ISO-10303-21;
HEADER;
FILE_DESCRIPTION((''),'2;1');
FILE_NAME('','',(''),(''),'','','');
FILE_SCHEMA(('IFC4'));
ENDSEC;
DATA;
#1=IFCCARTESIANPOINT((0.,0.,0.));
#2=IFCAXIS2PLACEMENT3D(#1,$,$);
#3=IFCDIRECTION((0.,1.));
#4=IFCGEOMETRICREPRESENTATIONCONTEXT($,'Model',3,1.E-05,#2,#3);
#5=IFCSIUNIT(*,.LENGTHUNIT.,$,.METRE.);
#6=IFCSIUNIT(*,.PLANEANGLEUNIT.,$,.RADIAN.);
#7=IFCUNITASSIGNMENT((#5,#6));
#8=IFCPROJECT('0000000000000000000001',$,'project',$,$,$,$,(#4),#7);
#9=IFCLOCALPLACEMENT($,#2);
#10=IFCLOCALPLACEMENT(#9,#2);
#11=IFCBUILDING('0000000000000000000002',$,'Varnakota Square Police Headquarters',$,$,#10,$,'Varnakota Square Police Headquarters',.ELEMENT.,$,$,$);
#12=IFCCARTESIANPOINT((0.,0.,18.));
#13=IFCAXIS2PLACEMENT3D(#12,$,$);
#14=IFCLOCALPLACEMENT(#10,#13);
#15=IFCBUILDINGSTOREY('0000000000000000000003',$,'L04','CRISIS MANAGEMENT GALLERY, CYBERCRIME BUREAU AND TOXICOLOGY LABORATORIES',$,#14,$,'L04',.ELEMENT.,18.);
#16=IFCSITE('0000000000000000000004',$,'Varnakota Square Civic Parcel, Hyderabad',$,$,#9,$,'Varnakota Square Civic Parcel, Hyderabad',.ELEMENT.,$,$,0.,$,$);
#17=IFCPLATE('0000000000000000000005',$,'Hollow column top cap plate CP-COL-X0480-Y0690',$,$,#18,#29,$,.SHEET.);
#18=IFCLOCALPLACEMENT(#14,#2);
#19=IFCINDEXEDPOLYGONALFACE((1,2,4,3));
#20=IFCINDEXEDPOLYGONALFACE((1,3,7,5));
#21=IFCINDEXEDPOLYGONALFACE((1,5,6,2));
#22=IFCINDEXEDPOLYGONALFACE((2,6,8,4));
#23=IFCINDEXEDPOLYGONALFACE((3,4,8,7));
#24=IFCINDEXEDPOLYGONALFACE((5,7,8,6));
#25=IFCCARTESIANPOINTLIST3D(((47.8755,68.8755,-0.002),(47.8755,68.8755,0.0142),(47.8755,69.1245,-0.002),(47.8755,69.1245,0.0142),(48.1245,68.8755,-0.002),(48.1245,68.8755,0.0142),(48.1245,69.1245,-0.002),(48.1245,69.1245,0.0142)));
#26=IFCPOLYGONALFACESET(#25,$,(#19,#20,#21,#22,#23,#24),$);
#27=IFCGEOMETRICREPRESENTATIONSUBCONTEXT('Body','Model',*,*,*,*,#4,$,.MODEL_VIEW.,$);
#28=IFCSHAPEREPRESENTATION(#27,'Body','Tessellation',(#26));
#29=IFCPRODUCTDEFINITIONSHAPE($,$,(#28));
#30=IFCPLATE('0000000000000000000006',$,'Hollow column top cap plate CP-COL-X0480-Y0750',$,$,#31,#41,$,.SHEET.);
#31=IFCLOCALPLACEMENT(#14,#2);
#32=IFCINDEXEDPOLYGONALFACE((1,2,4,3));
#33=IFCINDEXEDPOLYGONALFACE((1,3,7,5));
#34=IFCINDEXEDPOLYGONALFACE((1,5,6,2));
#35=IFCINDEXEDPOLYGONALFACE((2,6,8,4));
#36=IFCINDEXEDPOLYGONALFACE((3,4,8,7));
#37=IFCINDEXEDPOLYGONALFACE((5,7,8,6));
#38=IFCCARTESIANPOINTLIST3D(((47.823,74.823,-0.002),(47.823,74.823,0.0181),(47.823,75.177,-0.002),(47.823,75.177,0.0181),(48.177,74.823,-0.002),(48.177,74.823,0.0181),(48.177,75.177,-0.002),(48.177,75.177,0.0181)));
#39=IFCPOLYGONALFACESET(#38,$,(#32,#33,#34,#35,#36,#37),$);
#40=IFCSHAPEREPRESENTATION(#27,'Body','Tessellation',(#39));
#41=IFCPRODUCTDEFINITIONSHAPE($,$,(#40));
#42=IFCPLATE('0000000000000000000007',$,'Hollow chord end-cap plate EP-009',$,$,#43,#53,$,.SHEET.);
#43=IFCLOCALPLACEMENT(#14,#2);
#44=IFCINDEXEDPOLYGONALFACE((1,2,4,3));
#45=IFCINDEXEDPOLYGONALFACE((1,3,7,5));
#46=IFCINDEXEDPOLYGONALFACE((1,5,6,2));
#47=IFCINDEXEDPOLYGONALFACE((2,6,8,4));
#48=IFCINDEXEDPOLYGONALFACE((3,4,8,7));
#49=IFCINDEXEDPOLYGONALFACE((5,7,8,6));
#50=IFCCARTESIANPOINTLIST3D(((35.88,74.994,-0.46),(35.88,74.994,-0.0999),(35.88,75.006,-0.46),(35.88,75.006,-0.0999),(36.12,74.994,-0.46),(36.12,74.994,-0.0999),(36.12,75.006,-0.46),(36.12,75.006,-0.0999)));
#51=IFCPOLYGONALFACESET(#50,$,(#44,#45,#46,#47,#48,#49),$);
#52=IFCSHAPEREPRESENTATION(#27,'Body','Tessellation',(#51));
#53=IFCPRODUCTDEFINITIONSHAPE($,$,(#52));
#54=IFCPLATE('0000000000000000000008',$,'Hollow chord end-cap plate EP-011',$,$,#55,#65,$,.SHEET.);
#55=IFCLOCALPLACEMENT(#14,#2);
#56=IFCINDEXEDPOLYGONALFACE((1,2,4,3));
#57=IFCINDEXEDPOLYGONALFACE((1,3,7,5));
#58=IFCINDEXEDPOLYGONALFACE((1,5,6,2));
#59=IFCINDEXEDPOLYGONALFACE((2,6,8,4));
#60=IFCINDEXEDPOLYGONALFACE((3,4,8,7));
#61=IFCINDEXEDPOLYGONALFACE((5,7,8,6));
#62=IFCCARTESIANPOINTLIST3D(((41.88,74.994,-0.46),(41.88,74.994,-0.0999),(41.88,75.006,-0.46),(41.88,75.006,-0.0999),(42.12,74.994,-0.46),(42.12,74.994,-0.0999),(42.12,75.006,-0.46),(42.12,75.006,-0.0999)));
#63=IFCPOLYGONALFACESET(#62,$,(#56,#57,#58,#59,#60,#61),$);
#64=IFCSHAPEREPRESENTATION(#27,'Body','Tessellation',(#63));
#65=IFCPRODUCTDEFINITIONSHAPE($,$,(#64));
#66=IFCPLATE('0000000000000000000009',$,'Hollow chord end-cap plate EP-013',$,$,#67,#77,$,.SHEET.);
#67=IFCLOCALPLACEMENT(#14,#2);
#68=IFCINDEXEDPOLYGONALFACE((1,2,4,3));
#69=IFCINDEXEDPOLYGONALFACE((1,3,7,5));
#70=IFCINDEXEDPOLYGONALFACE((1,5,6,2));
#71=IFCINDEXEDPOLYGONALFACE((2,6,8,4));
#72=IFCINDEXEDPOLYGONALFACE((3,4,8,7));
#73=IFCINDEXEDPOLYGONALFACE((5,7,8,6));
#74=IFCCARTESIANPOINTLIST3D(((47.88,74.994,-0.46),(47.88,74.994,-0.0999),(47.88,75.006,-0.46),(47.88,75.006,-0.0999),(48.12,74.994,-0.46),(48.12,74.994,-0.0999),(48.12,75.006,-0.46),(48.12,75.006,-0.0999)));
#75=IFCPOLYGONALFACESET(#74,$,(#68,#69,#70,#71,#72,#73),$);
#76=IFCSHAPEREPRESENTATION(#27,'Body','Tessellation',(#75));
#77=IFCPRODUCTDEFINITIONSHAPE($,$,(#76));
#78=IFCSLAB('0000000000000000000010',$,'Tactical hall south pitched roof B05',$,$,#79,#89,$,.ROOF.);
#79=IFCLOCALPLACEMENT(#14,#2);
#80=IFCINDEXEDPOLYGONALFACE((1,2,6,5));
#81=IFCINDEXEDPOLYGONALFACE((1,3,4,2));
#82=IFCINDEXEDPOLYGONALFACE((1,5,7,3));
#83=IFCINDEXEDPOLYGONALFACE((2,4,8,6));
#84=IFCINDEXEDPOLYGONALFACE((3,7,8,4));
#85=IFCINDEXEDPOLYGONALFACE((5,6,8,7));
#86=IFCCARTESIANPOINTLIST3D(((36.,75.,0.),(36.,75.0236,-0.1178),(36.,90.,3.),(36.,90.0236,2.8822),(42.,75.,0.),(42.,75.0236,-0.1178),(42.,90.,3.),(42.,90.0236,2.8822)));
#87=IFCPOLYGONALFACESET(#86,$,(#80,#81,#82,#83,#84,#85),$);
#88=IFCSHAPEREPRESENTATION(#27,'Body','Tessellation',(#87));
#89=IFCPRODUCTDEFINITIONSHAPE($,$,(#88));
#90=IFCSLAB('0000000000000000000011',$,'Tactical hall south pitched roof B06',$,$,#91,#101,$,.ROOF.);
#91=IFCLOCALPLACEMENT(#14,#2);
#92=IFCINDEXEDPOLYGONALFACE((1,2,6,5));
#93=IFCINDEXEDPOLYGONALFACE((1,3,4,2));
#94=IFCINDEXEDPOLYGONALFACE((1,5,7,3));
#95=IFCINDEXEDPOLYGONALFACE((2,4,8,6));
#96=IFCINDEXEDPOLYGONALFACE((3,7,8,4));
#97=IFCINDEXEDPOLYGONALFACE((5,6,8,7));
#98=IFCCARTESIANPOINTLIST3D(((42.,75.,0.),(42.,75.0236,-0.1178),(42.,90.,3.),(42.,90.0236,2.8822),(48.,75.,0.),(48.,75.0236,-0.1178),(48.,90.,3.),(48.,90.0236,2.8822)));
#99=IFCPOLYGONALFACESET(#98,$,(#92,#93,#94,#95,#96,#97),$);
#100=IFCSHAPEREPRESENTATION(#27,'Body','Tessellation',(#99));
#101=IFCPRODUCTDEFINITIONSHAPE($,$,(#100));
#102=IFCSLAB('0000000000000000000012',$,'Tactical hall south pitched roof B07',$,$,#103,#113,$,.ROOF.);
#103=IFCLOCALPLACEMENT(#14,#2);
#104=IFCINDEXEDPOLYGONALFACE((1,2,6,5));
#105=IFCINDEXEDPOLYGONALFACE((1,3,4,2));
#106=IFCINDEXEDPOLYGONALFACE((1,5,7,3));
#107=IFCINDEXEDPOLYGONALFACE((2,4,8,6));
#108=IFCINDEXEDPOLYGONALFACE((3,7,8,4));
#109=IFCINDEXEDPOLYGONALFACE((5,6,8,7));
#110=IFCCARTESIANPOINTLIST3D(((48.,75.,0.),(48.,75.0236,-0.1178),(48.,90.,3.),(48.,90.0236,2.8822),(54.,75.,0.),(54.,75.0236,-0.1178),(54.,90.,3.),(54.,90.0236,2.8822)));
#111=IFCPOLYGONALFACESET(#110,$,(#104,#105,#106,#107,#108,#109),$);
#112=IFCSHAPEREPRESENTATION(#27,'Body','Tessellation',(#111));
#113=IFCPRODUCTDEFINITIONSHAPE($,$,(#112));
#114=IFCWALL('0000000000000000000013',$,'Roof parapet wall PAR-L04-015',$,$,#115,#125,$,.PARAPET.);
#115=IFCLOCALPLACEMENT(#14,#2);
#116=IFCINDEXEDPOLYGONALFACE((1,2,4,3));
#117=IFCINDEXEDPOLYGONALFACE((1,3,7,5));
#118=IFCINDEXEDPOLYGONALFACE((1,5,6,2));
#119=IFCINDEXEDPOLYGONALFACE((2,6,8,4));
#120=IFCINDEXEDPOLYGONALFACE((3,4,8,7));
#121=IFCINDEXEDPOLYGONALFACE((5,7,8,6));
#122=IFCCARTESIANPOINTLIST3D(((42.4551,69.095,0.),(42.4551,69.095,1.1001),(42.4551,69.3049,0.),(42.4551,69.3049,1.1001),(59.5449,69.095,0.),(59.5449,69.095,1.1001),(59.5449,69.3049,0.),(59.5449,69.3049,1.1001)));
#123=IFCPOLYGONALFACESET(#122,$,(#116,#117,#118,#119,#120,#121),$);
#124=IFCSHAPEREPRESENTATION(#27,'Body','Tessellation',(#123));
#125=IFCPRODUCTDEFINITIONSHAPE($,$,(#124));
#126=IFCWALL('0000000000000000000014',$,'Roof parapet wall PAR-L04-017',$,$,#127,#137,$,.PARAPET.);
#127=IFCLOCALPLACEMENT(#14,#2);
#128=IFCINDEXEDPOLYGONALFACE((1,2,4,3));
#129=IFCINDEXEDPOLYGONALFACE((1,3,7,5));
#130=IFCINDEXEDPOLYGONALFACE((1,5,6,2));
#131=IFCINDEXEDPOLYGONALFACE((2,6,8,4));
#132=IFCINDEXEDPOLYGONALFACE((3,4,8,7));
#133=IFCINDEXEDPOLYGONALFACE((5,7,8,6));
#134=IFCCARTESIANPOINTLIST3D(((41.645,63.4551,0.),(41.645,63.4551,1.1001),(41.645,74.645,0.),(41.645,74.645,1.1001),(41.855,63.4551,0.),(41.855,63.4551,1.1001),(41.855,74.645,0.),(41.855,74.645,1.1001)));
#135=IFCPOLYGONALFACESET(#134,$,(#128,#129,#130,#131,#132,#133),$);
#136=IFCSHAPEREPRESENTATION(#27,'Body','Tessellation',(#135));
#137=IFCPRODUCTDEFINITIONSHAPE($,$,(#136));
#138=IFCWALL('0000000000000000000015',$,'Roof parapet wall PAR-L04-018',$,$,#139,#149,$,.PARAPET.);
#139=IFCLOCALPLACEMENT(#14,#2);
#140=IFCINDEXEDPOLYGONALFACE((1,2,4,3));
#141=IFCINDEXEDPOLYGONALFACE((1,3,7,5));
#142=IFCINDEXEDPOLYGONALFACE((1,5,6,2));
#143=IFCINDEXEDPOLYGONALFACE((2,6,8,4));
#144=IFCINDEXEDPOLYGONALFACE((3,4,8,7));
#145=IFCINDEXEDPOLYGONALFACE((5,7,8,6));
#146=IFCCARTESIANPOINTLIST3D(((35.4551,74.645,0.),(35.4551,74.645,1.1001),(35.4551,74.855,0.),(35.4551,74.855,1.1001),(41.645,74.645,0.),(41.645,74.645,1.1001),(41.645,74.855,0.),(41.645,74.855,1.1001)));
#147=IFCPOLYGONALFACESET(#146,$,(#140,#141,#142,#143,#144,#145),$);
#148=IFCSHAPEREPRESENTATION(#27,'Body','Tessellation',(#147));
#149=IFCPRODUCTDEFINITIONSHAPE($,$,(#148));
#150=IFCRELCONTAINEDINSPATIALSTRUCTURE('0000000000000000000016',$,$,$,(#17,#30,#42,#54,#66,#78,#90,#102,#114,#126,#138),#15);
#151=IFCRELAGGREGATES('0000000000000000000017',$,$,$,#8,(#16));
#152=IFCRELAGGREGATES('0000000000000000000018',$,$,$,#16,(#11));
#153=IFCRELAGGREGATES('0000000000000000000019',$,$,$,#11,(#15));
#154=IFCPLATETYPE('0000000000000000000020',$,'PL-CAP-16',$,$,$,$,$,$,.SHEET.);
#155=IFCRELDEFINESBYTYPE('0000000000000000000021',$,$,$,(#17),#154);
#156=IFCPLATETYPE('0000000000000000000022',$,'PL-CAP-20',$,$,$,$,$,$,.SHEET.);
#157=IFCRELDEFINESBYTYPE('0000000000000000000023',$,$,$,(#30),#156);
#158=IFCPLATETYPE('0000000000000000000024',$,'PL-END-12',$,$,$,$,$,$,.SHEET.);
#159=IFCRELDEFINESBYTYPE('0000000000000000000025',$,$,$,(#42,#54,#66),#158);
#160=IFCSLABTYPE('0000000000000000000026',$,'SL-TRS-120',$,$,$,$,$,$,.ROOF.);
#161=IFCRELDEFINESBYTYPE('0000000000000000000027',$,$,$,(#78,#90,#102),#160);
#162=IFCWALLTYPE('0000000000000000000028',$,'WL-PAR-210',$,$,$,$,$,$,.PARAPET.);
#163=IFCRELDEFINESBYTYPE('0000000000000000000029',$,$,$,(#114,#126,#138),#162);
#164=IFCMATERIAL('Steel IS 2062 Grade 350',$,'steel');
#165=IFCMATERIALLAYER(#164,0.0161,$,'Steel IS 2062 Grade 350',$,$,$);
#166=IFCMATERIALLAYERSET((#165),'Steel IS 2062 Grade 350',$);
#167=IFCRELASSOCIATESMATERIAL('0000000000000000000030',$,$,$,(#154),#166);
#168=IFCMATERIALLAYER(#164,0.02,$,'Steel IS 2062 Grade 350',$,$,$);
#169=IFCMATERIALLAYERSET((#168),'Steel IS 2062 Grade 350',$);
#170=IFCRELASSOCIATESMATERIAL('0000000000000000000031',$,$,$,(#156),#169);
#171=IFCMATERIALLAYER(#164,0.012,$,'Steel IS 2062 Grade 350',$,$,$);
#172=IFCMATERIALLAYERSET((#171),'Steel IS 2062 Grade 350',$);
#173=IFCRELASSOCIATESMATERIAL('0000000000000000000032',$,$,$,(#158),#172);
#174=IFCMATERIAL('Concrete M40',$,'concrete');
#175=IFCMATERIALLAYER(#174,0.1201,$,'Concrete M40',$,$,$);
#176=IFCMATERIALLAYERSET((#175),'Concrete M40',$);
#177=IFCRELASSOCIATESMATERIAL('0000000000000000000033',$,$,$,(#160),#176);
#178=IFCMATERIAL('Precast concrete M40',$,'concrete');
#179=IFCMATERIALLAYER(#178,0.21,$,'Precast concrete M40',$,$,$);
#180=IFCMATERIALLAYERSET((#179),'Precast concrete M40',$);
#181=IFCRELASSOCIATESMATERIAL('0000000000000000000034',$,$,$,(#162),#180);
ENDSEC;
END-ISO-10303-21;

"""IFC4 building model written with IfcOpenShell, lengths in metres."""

from ifc_helpers import new_model, si_unit, direction, frame, frame_2d, origin, origin_2d, place, context, subcontext, project, spatial, polyline, rectangle, outline, extrude, material, layer, layer_set, type_object, element, save


model = new_model("IFC4")

# Units and contexts
model_context = context("Model", 3, precision=1e-05, world=origin(), true_north=direction((0.0, 1.0)))
body_context = subcontext(model_context, "Body", "Model", "MODEL_VIEW")
ifc_project = project(units=[si_unit("LENGTHUNIT", "METRE"), si_unit("PLANEANGLEUNIT", "RADIAN")], contexts=[model_context])

# Site, building, storey
site_placement = place(None, origin())
site = spatial("IfcSite", under=ifc_project, at=site_placement, Name="Varnakota Square Civic Parcel, Hyderabad", LongName="Varnakota Square Civic Parcel, Hyderabad", CompositionType="ELEMENT", RefElevation=0.0)
building_placement = place(site_placement, origin())
building = spatial("IfcBuilding", under=site, at=building_placement, Name="Varnakota Square Police Headquarters", LongName="Varnakota Square Police Headquarters", CompositionType="ELEMENT")
storey_placement = place(building_placement, frame((0.0, 0.0, 18.0)))
storey = spatial("IfcBuildingStorey", under=building, at=storey_placement, Name="L04", Description="CRISIS MANAGEMENT GALLERY, CYBERCRIME BUREAU AND TOXICOLOGY LABORATORIES", LongName="L04", CompositionType="ELEMENT", Elevation=18.0)

# Shared definitions
ifc_material_1 = material(Name="Steel IS 2062 Grade 350", Category="steel")

# Plates
ifc_layer_1 = layer(ifc_material_1, 0.0161, Name="Steel IS 2062 Grade 350")
ifc_layer_set_1 = layer_set([ifc_layer_1], Name="Steel IS 2062 Grade 350")
plate_type_1 = type_object("IfcPlateType", Name="PL-CAP-16", PredefinedType="SHEET", material=ifc_layer_set_1)
plate_1_placement = place(storey_placement, frame((48.0, 69.0, -0.002), z_axis=(0.0, 0.0, 1.0), x_axis=(1.0, 0.0, 0.0)))
element("IfcPlate", 1, at=plate_1_placement, inside=storey, type_object=plate_type_1, Name="Hollow column top cap plate CP-COL-X0480-Y0690", PredefinedType="SHEET", context=body_context, shape_type="SweptSolid", body=[
    extrude(rectangle(XDim=0.249, YDim=0.249, at=origin_2d()), origin(), (0.0, 0.0, 1.0), 0.0161),
])
ifc_layer_2 = layer(ifc_material_1, 0.02, Name="Steel IS 2062 Grade 350")
ifc_layer_set_2 = layer_set([ifc_layer_2], Name="Steel IS 2062 Grade 350")
plate_type_2 = type_object("IfcPlateType", Name="PL-CAP-20", PredefinedType="SHEET", material=ifc_layer_set_2)
plate_2_placement = place(storey_placement, frame((48.0, 75.0, -0.002), z_axis=(0.0, 0.0, 1.0), x_axis=(1.0, 0.0, 0.0)))
element("IfcPlate", 2, at=plate_2_placement, inside=storey, type_object=plate_type_2, Name="Hollow column top cap plate CP-COL-X0480-Y0750", PredefinedType="SHEET", context=body_context, shape_type="SweptSolid", body=[
    extrude(rectangle(XDim=0.354, YDim=0.354, at=origin_2d()), origin(), (0.0, 0.0, 1.0), 0.02),
])
ifc_layer_3 = layer(ifc_material_1, 0.012, Name="Steel IS 2062 Grade 350")
ifc_layer_set_3 = layer_set([ifc_layer_3], Name="Steel IS 2062 Grade 350")
plate_type_3 = type_object("IfcPlateType", Name="PL-END-12", PredefinedType="SHEET", material=ifc_layer_set_3)
for number, where, z_axis, x_axis, name in (
    (3, (36.0, 75.0, -0.46), (0.0, 0.0, 1.0), (1.0, 0.0, 0.0), "Hollow chord end-cap plate EP-009"),
    (4, (42.0, 75.0, -0.46), (0.0, 0.0, 1.0), (1.0, 0.0, 0.0), "Hollow chord end-cap plate EP-011"),
    (5, (48.0, 75.0, -0.46), (0.0, 0.0, 1.0), (1.0, 0.0, 0.0), "Hollow chord end-cap plate EP-013"),
):
    element("IfcPlate", number, at=place(storey_placement, frame(where, z_axis=z_axis, x_axis=x_axis)), inside=storey, type_object=plate_type_3, Name=name, PredefinedType="SHEET", context=body_context, shape_type="SweptSolid", body=[
        extrude(rectangle(XDim=0.24, YDim=0.012, at=origin_2d()), origin(), (0.0, 0.0, 1.0), 0.3601),
    ])

# Slabs
ifc_material_2 = material(Name="Concrete M40", Category="concrete")
ifc_layer_4 = layer(ifc_material_2, 0.1201, Name="Concrete M40")
ifc_layer_set_4 = layer_set([ifc_layer_4], Name="Concrete M40")
slab_type = type_object("IfcSlabType", Name="SL-TRS-120", PredefinedType="ROOF", material=ifc_layer_set_4)
for number, where, z_axis, x_axis, name in (
    (6, (36.0, 75.0, 0.0), (0.0, -0.196116, 0.980581), (1.0, 0.0, 0.0), "Tactical hall south pitched roof B05"),
    (7, (42.0, 75.0, 0.0), (0.0, -0.196116, 0.980581), (1.0, 0.0, 0.0), "Tactical hall south pitched roof B06"),
    (8, (48.0, 75.0, 0.0), (0.0, -0.196116, 0.980581), (1.0, 0.0, 0.0), "Tactical hall south pitched roof B07"),
):
    element("IfcSlab", number, at=place(storey_placement, frame(where, z_axis=z_axis, x_axis=x_axis)), inside=storey, type_object=slab_type, Name=name, PredefinedType="ROOF", context=body_context, shape_type="SweptSolid", body=[
        extrude(outline(polyline([(0.0, 0.0), (6.0, 0.0), (6.0, 15.2971), (0.0, 15.2971), (0.0, 0.0)])), origin(), (0.0, 0.0, -1.0), 0.1201),
    ])

# Walls
ifc_material_3 = material(Name="Precast concrete M40", Category="concrete")
ifc_layer_5 = layer(ifc_material_3, 0.21, Name="Precast concrete M40")
ifc_layer_set_5 = layer_set([ifc_layer_5], Name="Precast concrete M40")
wall_type = type_object("IfcWallType", Name="WL-PAR-210", PredefinedType="PARAPET", material=ifc_layer_set_5)
wall_1_placement = place(storey_placement, frame((42.4551, 69.2, 0.0), z_axis=(0.0, 0.0, 1.0), x_axis=(1.0, 0.0, 0.0)))
element("IfcWall", 9, at=wall_1_placement, inside=storey, type_object=wall_type, Name="Roof parapet wall PAR-L04-015", PredefinedType="PARAPET", context=body_context, shape_type="SweptSolid", body=[
    extrude(rectangle(XDim=17.0898, YDim=0.21, at=frame_2d((8.5449, 0.0))), origin(), (0.0, 0.0, 1.0), 1.1001),
])
wall_2_placement = place(storey_placement, frame((41.75, 63.4551, 0.0), z_axis=(0.0, 0.0, 1.0), x_axis=(0.0, 1.0, 0.0)))
element("IfcWall", 10, at=wall_2_placement, inside=storey, type_object=wall_type, Name="Roof parapet wall PAR-L04-017", PredefinedType="PARAPET", context=body_context, shape_type="SweptSolid", body=[
    extrude(rectangle(XDim=11.1899, YDim=0.21, at=frame_2d((5.595, 0.0))), origin(), (0.0, 0.0, 1.0), 1.1001),
])
wall_3_placement = place(storey_placement, frame((41.645, 74.75, 0.0), z_axis=(0.0, 0.0, 1.0), x_axis=(-1.0, 0.0, 0.0)))
element("IfcWall", 11, at=wall_3_placement, inside=storey, type_object=wall_type, Name="Roof parapet wall PAR-L04-018", PredefinedType="PARAPET", context=body_context, shape_type="SweptSolid", body=[
    extrude(rectangle(XDim=6.1899, YDim=0.21, at=frame_2d((3.095, 0.0))), origin(), (0.0, 0.0, 1.0), 1.1001),
])

save(model, "model.ifc")
